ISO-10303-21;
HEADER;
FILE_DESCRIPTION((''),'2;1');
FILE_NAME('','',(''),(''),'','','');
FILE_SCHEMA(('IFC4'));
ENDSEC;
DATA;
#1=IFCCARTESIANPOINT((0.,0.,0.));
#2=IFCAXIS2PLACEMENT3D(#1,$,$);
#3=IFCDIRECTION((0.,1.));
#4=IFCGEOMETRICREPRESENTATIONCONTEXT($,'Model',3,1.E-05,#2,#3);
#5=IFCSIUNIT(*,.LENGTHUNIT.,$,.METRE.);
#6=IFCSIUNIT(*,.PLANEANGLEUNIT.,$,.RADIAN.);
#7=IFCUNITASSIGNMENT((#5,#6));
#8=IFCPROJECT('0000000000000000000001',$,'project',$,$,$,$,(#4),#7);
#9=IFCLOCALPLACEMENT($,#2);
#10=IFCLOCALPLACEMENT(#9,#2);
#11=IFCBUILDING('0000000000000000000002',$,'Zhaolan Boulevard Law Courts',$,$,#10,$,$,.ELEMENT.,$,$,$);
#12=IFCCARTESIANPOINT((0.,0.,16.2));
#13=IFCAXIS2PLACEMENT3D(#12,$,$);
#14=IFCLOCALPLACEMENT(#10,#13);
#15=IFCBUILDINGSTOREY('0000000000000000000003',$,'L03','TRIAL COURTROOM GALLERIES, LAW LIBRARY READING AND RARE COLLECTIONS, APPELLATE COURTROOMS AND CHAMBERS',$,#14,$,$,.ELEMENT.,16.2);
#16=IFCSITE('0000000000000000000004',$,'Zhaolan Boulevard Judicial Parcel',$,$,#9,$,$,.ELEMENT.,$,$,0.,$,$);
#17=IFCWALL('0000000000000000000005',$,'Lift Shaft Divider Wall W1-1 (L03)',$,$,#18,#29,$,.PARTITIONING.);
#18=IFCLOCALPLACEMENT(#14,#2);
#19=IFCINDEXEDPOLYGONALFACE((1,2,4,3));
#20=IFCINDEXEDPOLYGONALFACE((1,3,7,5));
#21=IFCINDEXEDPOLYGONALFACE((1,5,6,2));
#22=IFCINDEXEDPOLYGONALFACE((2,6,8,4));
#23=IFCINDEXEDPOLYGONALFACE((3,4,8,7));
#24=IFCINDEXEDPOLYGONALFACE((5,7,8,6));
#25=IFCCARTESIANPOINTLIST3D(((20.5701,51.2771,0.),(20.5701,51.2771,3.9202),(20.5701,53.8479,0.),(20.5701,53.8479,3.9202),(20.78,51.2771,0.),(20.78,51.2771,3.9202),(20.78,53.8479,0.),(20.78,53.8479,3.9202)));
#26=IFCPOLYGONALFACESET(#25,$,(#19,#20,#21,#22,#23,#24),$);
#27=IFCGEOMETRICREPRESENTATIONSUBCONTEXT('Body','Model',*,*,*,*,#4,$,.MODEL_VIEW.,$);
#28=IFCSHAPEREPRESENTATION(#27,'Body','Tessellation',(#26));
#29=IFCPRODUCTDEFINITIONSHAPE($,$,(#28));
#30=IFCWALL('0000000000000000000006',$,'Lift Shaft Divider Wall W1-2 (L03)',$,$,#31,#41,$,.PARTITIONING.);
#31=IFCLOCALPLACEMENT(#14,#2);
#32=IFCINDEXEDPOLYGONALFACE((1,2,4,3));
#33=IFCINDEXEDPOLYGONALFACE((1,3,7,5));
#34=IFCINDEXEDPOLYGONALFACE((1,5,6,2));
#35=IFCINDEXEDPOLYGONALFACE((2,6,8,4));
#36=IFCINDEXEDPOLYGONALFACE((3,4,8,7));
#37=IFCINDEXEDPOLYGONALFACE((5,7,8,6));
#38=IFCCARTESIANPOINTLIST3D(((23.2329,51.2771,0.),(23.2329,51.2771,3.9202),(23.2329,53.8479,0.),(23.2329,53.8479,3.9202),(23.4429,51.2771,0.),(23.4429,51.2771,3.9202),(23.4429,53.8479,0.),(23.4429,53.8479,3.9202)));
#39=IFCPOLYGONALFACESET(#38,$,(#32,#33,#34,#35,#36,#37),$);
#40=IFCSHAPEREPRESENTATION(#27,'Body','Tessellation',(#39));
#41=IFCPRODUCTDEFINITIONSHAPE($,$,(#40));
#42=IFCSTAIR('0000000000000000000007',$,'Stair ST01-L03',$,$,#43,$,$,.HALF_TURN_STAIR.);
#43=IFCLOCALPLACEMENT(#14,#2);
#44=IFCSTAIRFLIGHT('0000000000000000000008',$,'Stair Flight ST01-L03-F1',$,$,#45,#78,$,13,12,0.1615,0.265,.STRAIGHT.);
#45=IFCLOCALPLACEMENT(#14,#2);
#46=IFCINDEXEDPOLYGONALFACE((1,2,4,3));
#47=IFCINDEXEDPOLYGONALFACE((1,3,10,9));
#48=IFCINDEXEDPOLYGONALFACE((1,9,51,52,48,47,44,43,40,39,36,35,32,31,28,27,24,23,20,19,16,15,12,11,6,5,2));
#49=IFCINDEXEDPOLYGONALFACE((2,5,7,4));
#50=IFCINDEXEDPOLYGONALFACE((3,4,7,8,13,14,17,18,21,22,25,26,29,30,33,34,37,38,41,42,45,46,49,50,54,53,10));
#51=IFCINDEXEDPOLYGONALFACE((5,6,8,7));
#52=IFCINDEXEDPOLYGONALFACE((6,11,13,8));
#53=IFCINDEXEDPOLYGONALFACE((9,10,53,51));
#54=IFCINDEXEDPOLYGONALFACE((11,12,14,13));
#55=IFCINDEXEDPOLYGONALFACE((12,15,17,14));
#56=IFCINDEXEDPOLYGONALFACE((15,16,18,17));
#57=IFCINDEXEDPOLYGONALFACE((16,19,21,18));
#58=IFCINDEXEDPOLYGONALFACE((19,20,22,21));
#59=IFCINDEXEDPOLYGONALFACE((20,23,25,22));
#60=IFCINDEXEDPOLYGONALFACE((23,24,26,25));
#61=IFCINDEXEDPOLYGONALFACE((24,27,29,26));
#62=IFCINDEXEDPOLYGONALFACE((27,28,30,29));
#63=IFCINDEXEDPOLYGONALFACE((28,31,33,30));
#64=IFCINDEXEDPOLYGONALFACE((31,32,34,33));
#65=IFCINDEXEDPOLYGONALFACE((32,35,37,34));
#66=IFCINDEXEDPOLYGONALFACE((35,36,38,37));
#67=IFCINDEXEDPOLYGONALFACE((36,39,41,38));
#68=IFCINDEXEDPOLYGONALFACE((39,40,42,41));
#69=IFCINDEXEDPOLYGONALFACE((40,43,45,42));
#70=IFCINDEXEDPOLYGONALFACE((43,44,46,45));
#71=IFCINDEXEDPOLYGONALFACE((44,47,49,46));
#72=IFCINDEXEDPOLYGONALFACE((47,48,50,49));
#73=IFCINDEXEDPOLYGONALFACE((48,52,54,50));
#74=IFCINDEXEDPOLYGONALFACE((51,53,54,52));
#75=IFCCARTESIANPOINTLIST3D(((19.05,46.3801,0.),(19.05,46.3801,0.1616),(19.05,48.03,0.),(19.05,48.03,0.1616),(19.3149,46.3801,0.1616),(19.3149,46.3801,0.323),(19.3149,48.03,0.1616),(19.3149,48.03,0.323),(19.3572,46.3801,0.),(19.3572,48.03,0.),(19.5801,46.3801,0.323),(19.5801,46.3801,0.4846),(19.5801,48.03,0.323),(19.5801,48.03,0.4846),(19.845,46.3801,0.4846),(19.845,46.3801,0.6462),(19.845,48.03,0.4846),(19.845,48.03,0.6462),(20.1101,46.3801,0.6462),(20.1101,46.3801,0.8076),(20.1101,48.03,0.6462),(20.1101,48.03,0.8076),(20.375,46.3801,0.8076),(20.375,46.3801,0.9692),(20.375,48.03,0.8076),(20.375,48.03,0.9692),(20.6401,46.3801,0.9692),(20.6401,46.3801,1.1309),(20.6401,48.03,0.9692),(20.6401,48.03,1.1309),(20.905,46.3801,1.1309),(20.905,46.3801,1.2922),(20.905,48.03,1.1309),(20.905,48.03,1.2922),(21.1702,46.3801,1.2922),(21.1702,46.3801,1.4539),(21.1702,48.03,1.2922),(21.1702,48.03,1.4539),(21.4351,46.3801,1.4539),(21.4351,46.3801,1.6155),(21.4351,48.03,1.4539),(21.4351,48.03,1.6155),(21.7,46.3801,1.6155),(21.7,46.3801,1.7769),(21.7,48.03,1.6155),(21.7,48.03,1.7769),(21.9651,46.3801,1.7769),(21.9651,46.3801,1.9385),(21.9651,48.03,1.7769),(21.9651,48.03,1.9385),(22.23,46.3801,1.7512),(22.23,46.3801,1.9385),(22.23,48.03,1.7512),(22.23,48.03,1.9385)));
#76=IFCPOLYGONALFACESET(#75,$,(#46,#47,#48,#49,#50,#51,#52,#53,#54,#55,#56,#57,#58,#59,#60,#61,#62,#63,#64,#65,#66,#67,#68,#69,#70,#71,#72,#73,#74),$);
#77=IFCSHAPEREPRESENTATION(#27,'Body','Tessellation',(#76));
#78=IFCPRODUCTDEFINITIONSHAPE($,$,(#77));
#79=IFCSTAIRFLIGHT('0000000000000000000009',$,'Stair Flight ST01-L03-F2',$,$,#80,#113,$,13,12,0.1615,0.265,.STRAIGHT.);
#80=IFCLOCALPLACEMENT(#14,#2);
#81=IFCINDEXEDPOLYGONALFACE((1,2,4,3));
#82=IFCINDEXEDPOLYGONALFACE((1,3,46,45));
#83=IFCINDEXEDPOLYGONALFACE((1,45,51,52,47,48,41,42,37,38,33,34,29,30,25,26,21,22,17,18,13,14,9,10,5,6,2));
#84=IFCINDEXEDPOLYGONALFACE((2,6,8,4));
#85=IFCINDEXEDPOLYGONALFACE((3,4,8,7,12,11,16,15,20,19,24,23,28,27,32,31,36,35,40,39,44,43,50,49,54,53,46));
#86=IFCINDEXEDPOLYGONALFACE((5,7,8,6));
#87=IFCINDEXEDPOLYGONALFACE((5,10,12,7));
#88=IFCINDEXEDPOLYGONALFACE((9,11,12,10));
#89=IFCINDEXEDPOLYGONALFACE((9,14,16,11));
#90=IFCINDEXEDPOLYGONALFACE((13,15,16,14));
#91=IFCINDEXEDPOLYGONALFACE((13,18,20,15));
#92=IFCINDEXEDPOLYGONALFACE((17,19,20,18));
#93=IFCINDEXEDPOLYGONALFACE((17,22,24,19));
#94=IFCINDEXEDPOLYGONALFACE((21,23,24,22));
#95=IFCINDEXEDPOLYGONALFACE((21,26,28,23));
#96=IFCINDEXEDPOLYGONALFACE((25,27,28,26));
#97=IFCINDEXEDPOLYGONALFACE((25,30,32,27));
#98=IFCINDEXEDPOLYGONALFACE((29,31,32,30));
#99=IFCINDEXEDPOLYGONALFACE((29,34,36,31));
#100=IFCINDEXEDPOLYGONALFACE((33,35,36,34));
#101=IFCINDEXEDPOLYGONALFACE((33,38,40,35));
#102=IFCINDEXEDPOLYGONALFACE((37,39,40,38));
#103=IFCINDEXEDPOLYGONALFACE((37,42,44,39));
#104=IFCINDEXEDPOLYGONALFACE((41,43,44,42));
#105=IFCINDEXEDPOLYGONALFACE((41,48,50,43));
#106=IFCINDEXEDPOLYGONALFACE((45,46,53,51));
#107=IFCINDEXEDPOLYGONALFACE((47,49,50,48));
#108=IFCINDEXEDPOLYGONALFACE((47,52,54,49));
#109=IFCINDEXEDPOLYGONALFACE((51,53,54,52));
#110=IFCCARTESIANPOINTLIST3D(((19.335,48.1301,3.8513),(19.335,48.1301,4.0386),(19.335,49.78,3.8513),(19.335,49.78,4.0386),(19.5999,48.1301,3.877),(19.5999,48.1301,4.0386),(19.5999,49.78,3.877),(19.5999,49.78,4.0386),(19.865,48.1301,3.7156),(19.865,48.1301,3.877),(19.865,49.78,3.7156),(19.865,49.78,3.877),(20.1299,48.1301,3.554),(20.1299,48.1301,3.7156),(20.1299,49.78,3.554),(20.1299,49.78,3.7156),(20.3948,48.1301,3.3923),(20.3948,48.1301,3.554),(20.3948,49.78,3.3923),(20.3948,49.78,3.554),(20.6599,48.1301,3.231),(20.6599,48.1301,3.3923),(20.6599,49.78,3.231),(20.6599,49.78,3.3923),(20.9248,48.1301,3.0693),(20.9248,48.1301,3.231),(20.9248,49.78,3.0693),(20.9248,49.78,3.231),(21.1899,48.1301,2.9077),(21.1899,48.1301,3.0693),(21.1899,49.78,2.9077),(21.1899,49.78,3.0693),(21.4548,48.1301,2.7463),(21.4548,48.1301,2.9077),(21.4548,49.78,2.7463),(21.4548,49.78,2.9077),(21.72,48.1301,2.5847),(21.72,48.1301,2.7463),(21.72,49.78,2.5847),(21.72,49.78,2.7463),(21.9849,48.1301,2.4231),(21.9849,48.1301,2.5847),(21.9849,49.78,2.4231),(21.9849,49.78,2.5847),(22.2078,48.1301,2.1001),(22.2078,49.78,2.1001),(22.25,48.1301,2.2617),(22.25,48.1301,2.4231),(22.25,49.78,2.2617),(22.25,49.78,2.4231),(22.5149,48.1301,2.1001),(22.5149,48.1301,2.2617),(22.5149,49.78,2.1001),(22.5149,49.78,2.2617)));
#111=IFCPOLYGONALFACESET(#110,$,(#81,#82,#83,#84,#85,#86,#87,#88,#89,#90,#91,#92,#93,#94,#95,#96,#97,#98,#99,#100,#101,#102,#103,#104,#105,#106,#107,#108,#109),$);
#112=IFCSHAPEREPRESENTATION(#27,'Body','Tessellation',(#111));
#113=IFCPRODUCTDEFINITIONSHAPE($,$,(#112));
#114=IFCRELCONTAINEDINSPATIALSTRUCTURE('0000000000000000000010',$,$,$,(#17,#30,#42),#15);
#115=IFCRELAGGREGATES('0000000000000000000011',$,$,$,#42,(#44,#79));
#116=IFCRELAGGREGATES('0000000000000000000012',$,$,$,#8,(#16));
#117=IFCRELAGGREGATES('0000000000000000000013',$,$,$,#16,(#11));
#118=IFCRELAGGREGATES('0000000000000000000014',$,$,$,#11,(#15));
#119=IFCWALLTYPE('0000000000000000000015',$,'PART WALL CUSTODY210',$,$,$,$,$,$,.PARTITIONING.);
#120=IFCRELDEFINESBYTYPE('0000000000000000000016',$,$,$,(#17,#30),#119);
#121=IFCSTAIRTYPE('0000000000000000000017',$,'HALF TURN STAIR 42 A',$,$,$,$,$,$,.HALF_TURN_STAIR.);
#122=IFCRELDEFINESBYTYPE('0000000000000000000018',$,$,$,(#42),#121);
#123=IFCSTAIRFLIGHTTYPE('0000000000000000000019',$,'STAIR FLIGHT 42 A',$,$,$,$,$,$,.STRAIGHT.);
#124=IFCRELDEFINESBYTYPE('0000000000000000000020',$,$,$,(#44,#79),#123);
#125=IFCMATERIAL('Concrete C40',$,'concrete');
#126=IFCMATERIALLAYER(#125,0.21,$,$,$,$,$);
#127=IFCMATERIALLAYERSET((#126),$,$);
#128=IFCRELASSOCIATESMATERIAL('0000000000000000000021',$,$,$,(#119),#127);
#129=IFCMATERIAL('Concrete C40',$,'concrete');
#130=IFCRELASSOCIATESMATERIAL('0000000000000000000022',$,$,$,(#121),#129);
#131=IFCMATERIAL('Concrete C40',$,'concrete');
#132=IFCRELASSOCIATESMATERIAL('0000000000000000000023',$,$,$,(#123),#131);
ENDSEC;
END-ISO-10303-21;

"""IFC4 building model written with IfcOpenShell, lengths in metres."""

from ifc_helpers import new_model, si_unit, direction, frame, frame_2d, origin, place, context, subcontext, project, spatial, polyline, rectangle, outline, extrude, material, layer, layer_set, type_object, element, aggregate, save


model = new_model("IFC4")

# Units and contexts
model_context = context("Model", 3, precision=1e-05, world=origin(), true_north=direction((0.0, 1.0)))
body_context = subcontext(model_context, "Body", "Model", "MODEL_VIEW")
ifc_project = project(units=[si_unit("LENGTHUNIT", "METRE"), si_unit("PLANEANGLEUNIT", "RADIAN")], contexts=[model_context])

# Site, building, storey
site_placement = place(None, origin())
site = spatial("IfcSite", under=ifc_project, at=site_placement, Name="Zhaolan Boulevard Judicial Parcel", CompositionType="ELEMENT", RefElevation=0.0)
building_placement = place(site_placement, origin())
building = spatial("IfcBuilding", under=site, at=building_placement, Name="Zhaolan Boulevard Law Courts", CompositionType="ELEMENT")
storey_placement = place(building_placement, frame((0.0, 0.0, 16.2)))
storey = spatial("IfcBuildingStorey", under=building, at=storey_placement, Name="L03", Description="TRIAL COURTROOM GALLERIES, LAW LIBRARY READING AND RARE COLLECTIONS, APPELLATE COURTROOMS AND CHAMBERS", CompositionType="ELEMENT", Elevation=16.2)

# Walls
ifc_material_1 = material(Name="Concrete C40", Category="concrete")
ifc_layer_1 = layer(ifc_material_1, 0.21)
ifc_layer_set_1 = layer_set([ifc_layer_1])
wall_type = type_object("IfcWallType", Name="PART WALL CUSTODY210", PredefinedType="PARTITIONING", material=ifc_layer_set_1)
for number, where, z_axis, x_axis, name in (
    (1, (20.675, 51.2771, 0.0), (0.0, 0.0, 1.0), (0.0, 1.0, 0.0), "Lift Shaft Divider Wall W1-1 (L03)"),
    (2, (23.3379, 51.2771, 0.0), (0.0, 0.0, 1.0), (0.0, 1.0, 0.0), "Lift Shaft Divider Wall W1-2 (L03)"),
):
    element("IfcWall", number, at=place(storey_placement, frame(where, z_axis=z_axis, x_axis=x_axis)), inside=storey, type_object=wall_type, Name=name, PredefinedType="PARTITIONING", context=body_context, shape_type="SweptSolid", body=[
        extrude(rectangle(XDim=2.5708, YDim=0.21, at=frame_2d((1.2854, 0.0))), origin(), (0.0, 0.0, 1.0), 3.9202),
    ])

# Stair, stair flights
ifc_material_2 = material(Name="Concrete C40", Category="concrete")
stair_type = type_object("IfcStairType", Name="HALF TURN STAIR 42 A", PredefinedType="HALF_TURN_STAIR", material=ifc_material_2)
stair_placement = place(storey_placement, origin())
stair = element("IfcStair", 3, at=stair_placement, inside=storey, type_object=stair_type, Name="Stair ST01-L03", PredefinedType="HALF_TURN_STAIR")
ifc_material_3 = material(Name="Concrete C40", Category="concrete")
stair_flight_type = type_object("IfcStairFlightType", Name="STAIR FLIGHT 42 A", PredefinedType="STRAIGHT", material=ifc_material_3)
stair_flight_1_placement = place(storey_placement, frame((19.05, 47.2051, 0.0), z_axis=(0.0, 0.0, 1.0), x_axis=(1.0, 0.0, 0.0)))
stair_flight_1 = element("IfcStairFlight", 4, at=stair_flight_1_placement, type_object=stair_flight_type, Name="Stair Flight ST01-L03-F1", NumberOfRisers=13, NumberOfTreads=12, PredefinedType="STRAIGHT", RiserHeight=0.1615, TreadLength=0.265, context=body_context, shape_type="SweptSolid", body=[
    extrude(outline(polyline([(0.0, 0.0), (0.0, 0.1616), (0.2649, 0.1616), (0.2649, 0.323), (0.53, 0.323), (0.53, 0.4846), (0.7949, 0.4846), (0.7949, 0.6462), (1.0601, 0.6462), (1.0601, 0.8076), (1.325, 0.8076), (1.325, 0.9692), (1.5901, 0.9692), (1.5901, 1.1309), (1.855, 1.1309), (1.855, 1.2922), (2.1201, 1.2922), (2.1201, 1.4539), (2.385, 1.4539), (2.385, 1.6155), (2.6499, 1.6155), (2.6499, 1.7769), (2.915, 1.7769), (2.915, 1.9385), (3.1799, 1.9385), (3.1799, 2.1001), (3.1799, 1.7512), (0.3071, 0.0), (0.0, 0.0)])), frame((0.0, 0.825, 0.0), z_axis=(0.0, -1.0, 0.0), x_axis=(1.0, 0.0, 0.0)), (0.0, 0.0, 1.0), 1.6499),
])
stair_flight_2_placement = place(storey_placement, frame((22.5149, 48.9551, 2.1001), z_axis=(0.0, 0.0, 1.0), x_axis=(-1.0, 0.0, 0.0)))
stair_flight_2 = element("IfcStairFlight", 5, at=stair_flight_2_placement, type_object=stair_flight_type, Name="Stair Flight ST01-L03-F2", NumberOfRisers=13, NumberOfTreads=12, PredefinedType="STRAIGHT", RiserHeight=0.1615, TreadLength=0.265, context=body_context, shape_type="SweptSolid", body=[
    extrude(outline(polyline([(0.0, 0.0), (0.0, 0.1616), (0.2649, 0.1616), (0.2649, 0.323), (0.53, 0.323), (0.53, 0.4846), (0.7949, 0.4846), (0.7949, 0.6462), (1.0601, 0.6462), (1.0601, 0.8076), (1.325, 0.8076), (1.325, 0.9692), (1.5901, 0.9692), (1.5901, 1.1309), (1.855, 1.1309), (1.855, 1.2922), (2.1201, 1.2922), (2.1201, 1.4539), (2.385, 1.4539), (2.385, 1.6155), (2.6499, 1.6155), (2.6499, 1.7769), (2.915, 1.7769), (2.915, 1.9385), (3.1799, 1.9385), (3.1799, 2.1001), (3.1799, 1.7512), (0.3071, 0.0), (0.0, 0.0)])), frame((0.0, 0.825, 0.0), z_axis=(0.0, -1.0, 0.0), x_axis=(1.0, 0.0, 0.0)), (0.0, 0.0, 1.0), 1.6499),
])
aggregate(stair, [stair_flight_1, stair_flight_2])

save(model, "model.ifc")
